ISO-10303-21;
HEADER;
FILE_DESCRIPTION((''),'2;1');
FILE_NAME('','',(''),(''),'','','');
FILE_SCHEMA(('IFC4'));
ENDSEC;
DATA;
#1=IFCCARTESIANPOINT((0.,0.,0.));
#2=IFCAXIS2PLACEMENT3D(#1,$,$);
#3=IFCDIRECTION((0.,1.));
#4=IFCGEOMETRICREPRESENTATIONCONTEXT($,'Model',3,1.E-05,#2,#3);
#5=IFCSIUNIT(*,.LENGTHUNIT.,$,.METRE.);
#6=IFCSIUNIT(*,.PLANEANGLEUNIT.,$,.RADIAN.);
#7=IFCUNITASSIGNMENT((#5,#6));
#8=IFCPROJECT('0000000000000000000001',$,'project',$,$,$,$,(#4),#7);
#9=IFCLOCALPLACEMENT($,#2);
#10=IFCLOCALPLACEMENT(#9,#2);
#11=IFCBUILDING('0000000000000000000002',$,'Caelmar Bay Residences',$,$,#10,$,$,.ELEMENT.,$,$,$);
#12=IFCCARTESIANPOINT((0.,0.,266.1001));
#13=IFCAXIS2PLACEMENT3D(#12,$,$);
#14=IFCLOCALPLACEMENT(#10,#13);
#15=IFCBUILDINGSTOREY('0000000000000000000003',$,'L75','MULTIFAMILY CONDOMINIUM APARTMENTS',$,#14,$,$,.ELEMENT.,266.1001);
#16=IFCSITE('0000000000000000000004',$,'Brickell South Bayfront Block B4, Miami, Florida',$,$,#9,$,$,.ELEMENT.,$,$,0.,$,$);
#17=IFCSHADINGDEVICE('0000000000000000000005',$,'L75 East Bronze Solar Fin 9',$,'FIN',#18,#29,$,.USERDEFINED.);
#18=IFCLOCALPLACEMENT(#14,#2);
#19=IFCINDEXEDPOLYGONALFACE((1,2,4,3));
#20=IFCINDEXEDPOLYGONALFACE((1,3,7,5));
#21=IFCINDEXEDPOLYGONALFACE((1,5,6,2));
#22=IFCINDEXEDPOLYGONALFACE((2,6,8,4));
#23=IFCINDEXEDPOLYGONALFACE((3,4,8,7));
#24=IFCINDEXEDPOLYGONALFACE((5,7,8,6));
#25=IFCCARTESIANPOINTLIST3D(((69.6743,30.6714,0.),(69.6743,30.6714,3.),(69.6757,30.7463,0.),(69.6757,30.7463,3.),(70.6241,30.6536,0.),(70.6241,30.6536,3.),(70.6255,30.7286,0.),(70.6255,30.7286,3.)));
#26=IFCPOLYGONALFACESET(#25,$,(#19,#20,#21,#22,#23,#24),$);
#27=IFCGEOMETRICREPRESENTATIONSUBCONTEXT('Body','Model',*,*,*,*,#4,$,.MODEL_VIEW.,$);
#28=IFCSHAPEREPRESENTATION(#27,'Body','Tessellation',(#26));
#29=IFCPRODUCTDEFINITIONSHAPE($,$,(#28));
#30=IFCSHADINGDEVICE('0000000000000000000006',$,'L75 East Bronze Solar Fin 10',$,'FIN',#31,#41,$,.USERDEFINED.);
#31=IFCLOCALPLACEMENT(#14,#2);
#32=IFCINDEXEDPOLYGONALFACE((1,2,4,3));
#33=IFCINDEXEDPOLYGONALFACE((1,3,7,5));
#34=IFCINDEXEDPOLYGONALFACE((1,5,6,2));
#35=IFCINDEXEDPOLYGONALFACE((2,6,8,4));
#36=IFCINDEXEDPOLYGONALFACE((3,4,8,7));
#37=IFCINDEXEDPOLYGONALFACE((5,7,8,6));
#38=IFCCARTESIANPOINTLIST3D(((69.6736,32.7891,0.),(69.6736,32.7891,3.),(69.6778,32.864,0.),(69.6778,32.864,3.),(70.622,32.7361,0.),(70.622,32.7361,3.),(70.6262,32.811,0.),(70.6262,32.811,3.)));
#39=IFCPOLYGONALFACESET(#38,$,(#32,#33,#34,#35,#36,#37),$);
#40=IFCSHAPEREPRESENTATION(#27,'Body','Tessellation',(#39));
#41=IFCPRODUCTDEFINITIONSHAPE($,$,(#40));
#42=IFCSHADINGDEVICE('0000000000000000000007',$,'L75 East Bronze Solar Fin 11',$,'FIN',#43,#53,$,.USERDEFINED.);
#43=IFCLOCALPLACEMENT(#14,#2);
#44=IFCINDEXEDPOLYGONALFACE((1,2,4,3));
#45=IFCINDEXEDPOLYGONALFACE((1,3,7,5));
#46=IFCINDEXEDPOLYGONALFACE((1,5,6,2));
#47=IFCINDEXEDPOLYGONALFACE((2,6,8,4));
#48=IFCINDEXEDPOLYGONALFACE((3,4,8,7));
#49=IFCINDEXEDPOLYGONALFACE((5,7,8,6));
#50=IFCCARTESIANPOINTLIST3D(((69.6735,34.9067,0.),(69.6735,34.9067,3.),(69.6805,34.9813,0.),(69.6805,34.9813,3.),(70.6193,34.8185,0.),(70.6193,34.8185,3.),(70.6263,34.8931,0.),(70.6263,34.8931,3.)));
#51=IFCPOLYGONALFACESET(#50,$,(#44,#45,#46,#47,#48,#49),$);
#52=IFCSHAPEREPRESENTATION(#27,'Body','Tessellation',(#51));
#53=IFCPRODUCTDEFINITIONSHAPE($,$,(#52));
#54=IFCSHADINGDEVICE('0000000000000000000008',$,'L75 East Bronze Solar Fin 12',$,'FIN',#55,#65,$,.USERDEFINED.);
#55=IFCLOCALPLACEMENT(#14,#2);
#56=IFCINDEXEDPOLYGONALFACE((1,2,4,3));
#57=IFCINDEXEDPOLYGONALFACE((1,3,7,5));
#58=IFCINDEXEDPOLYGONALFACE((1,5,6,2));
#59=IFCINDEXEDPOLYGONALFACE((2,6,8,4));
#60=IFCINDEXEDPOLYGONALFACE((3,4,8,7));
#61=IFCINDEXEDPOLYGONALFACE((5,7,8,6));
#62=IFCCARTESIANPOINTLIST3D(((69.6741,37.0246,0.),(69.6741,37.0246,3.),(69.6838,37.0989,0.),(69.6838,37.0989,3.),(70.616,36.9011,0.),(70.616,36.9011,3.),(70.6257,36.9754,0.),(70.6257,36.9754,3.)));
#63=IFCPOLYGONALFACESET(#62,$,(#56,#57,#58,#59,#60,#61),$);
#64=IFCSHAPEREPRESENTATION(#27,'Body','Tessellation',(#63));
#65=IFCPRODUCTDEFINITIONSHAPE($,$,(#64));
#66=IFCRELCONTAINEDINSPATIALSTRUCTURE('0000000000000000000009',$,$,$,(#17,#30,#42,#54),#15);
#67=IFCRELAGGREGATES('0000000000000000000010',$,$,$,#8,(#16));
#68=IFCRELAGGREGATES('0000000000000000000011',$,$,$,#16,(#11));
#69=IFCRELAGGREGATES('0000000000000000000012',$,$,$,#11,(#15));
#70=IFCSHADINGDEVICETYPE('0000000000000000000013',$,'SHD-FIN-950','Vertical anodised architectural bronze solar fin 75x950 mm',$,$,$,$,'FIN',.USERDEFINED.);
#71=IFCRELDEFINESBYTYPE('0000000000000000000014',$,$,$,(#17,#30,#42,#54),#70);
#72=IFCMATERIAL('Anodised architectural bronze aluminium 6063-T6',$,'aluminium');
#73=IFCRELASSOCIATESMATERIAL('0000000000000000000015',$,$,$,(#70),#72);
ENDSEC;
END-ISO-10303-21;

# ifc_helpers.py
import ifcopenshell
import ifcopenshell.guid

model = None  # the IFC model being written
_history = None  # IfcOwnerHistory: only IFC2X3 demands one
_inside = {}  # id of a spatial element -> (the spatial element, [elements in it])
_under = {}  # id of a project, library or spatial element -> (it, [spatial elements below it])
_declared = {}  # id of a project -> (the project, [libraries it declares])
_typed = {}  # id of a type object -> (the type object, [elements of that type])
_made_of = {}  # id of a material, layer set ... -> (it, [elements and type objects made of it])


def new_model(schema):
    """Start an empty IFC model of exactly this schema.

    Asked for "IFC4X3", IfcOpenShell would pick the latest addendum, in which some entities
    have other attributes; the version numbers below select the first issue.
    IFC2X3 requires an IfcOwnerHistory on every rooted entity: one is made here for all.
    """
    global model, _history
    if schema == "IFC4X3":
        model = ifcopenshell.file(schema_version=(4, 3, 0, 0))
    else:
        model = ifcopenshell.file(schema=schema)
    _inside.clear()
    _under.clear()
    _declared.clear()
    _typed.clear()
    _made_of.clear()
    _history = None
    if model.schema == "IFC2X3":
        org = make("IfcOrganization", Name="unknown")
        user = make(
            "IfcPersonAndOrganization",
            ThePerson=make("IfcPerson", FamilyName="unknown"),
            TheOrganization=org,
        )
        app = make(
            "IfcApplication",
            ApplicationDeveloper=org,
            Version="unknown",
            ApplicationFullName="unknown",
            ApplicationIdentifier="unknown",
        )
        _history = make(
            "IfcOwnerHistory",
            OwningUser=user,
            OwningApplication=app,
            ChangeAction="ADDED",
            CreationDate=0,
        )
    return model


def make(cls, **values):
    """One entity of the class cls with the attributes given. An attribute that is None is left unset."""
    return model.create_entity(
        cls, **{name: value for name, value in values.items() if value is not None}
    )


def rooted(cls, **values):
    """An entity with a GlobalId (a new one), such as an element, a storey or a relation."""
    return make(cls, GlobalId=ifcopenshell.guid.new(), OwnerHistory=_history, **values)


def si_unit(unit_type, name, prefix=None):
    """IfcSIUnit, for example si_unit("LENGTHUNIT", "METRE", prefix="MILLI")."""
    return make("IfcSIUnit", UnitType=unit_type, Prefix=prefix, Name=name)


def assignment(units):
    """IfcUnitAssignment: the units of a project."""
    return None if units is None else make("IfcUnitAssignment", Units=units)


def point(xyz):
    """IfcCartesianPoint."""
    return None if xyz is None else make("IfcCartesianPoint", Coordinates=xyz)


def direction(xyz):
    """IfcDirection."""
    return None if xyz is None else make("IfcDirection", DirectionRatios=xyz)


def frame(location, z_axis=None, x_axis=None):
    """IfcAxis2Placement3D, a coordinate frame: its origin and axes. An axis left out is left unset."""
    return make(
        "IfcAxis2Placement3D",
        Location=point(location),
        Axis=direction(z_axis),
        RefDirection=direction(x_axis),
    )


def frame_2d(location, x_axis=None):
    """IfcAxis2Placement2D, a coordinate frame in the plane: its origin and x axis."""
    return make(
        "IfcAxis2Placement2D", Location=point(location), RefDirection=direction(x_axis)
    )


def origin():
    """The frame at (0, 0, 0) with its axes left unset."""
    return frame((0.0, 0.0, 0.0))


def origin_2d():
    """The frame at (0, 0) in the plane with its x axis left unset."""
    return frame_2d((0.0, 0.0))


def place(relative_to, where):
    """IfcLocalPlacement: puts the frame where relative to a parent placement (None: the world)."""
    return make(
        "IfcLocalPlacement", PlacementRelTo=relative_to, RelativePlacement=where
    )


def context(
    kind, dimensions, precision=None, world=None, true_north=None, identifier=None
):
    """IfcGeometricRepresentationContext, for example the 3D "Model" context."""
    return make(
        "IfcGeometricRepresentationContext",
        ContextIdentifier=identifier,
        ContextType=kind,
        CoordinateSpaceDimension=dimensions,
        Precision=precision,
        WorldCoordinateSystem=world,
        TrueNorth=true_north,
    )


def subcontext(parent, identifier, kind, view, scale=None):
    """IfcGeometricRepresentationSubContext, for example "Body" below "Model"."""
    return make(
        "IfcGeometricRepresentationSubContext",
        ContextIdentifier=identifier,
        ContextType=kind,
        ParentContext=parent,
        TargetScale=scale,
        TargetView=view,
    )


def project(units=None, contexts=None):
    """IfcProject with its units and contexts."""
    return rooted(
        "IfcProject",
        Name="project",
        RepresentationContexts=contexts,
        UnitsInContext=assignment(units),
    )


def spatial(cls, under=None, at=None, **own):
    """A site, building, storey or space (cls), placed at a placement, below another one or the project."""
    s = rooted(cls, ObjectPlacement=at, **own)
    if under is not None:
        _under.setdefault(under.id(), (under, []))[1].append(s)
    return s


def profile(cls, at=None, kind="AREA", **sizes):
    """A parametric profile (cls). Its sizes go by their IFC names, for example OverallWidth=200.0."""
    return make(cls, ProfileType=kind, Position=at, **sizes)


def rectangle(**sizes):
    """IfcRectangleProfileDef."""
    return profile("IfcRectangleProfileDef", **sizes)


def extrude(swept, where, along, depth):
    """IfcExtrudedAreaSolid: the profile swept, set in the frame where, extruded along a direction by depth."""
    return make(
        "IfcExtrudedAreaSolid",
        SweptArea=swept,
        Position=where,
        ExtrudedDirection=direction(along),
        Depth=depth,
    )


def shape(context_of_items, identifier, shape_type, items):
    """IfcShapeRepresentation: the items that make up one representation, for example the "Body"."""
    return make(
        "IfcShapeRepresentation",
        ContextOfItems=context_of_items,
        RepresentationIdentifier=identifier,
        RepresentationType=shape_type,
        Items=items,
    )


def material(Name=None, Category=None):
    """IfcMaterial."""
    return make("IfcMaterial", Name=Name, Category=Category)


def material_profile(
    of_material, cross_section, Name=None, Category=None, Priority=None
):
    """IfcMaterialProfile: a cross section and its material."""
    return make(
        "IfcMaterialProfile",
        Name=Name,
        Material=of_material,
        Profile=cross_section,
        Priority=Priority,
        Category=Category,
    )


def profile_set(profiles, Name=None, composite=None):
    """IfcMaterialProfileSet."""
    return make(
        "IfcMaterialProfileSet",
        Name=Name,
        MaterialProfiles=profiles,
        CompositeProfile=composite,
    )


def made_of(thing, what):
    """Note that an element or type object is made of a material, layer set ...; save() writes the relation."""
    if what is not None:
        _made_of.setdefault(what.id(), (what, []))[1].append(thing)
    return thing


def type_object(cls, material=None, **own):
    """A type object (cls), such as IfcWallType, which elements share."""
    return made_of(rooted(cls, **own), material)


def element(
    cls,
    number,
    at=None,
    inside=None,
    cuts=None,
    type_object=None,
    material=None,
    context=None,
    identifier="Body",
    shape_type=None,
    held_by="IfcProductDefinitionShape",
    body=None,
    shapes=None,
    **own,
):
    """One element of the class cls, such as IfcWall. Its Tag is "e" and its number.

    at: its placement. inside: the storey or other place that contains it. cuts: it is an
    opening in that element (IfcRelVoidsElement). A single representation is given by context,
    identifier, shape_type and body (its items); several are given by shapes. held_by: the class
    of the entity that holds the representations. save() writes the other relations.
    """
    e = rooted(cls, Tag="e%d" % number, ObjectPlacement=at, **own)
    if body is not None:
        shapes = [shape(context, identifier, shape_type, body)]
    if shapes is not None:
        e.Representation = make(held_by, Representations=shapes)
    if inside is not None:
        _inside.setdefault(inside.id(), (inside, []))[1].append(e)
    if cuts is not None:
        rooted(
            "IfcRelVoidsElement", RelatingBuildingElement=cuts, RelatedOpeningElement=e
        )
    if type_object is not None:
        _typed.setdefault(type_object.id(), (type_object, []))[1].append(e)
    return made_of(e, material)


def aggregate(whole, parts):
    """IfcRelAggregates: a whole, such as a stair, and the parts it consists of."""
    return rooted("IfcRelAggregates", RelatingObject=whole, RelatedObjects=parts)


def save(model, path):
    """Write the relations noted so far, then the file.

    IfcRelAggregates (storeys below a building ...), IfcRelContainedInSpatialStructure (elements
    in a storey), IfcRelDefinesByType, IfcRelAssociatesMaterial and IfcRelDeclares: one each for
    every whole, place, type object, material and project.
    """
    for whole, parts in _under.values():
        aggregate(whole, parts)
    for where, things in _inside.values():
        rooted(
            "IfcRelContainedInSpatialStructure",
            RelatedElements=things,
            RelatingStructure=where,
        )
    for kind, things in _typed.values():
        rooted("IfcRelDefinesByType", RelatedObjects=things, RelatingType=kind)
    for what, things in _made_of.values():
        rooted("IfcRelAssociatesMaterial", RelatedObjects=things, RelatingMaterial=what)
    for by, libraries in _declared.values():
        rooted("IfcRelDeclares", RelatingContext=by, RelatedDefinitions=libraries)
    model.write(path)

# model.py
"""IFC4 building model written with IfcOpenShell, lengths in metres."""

from ifc_helpers import new_model, si_unit, direction, frame, origin, origin_2d, place, context, subcontext, project, spatial, rectangle, extrude, material, material_profile, profile_set, type_object, element, save


model = new_model("IFC4")

# Units and contexts
model_context = context("Model", 3, precision=1e-05, world=origin(), true_north=direction((0.0, 1.0)))
body_context = subcontext(model_context, "Body", "Model", "MODEL_VIEW")
ifc_project = project(units=[si_unit("LENGTHUNIT", "METRE"), si_unit("PLANEANGLEUNIT", "RADIAN")], contexts=[model_context])

# Site, building, storey
site_placement = place(None, origin())
site = spatial("IfcSite", under=ifc_project, at=site_placement, Name="Brickell South Bayfront Block B4, Miami, Florida", CompositionType="ELEMENT", RefElevation=0.0)
building_placement = place(site_placement, origin())
building = spatial("IfcBuilding", under=site, at=building_placement, Name="Caelmar Bay Residences", CompositionType="ELEMENT")
storey_placement = place(building_placement, frame((0.0, 0.0, 266.1001)))
storey = spatial("IfcBuildingStorey", under=building, at=storey_placement, Name="L75", Description="MULTIFAMILY CONDOMINIUM APARTMENTS", CompositionType="ELEMENT", Elevation=266.1001)

# Shading devices
ifc_material_1 = material(Name="Anodised architectural bronze aluminium 6063-T6", Category="aluminium")
ifc_material_profile = material_profile(ifc_material_1, rectangle(XDim=0.075, YDim=0.95, at=origin_2d()), Name="BRONZE-FIN-75X950")
ifc_profile_set = profile_set([ifc_material_profile], Name="Anodised architectural bronze aluminium 6063-T6")
shading_device_type = type_object("IfcShadingDeviceType", Name="SHD-FIN-950", Description="Vertical anodised architectural bronze solar fin 75x950 mm", ElementType="FIN", PredefinedType="USERDEFINED", material=ifc_profile_set)
for number, where, z_axis, x_axis, name in (
    (1, (70.1499, 30.7, 0.0), (0.0, 0.0, 1.0), (0.018674, 0.999826, 0.0), "L75 East Bronze Solar Fin 9"),
    (2, (70.1499, 32.8, 0.0), (0.0, 0.0, 1.0), (0.055822, 0.998441, 0.0), "L75 East Bronze Solar Fin 10"),
    (3, (70.1499, 34.8999, 0.0), (0.0, 0.0, 1.0), (0.092892, 0.995676, 0.0), "L75 East Bronze Solar Fin 11"),
    (4, (70.1499, 37.0, 0.0), (0.0, 0.0, 1.0), (0.130007, 0.991513, 0.0), "L75 East Bronze Solar Fin 12"),
):
    element("IfcShadingDevice", number, at=place(storey_placement, frame(where, z_axis=z_axis, x_axis=x_axis)), inside=storey, type_object=shading_device_type, Name=name, ObjectType="FIN", PredefinedType="USERDEFINED", context=body_context, shape_type="SweptSolid", body=[
        extrude(rectangle(XDim=0.075, YDim=0.95, at=origin_2d()), origin(), (0.0, 0.0, 1.0), 3.0),
    ])

save(model, "model.ifc")
